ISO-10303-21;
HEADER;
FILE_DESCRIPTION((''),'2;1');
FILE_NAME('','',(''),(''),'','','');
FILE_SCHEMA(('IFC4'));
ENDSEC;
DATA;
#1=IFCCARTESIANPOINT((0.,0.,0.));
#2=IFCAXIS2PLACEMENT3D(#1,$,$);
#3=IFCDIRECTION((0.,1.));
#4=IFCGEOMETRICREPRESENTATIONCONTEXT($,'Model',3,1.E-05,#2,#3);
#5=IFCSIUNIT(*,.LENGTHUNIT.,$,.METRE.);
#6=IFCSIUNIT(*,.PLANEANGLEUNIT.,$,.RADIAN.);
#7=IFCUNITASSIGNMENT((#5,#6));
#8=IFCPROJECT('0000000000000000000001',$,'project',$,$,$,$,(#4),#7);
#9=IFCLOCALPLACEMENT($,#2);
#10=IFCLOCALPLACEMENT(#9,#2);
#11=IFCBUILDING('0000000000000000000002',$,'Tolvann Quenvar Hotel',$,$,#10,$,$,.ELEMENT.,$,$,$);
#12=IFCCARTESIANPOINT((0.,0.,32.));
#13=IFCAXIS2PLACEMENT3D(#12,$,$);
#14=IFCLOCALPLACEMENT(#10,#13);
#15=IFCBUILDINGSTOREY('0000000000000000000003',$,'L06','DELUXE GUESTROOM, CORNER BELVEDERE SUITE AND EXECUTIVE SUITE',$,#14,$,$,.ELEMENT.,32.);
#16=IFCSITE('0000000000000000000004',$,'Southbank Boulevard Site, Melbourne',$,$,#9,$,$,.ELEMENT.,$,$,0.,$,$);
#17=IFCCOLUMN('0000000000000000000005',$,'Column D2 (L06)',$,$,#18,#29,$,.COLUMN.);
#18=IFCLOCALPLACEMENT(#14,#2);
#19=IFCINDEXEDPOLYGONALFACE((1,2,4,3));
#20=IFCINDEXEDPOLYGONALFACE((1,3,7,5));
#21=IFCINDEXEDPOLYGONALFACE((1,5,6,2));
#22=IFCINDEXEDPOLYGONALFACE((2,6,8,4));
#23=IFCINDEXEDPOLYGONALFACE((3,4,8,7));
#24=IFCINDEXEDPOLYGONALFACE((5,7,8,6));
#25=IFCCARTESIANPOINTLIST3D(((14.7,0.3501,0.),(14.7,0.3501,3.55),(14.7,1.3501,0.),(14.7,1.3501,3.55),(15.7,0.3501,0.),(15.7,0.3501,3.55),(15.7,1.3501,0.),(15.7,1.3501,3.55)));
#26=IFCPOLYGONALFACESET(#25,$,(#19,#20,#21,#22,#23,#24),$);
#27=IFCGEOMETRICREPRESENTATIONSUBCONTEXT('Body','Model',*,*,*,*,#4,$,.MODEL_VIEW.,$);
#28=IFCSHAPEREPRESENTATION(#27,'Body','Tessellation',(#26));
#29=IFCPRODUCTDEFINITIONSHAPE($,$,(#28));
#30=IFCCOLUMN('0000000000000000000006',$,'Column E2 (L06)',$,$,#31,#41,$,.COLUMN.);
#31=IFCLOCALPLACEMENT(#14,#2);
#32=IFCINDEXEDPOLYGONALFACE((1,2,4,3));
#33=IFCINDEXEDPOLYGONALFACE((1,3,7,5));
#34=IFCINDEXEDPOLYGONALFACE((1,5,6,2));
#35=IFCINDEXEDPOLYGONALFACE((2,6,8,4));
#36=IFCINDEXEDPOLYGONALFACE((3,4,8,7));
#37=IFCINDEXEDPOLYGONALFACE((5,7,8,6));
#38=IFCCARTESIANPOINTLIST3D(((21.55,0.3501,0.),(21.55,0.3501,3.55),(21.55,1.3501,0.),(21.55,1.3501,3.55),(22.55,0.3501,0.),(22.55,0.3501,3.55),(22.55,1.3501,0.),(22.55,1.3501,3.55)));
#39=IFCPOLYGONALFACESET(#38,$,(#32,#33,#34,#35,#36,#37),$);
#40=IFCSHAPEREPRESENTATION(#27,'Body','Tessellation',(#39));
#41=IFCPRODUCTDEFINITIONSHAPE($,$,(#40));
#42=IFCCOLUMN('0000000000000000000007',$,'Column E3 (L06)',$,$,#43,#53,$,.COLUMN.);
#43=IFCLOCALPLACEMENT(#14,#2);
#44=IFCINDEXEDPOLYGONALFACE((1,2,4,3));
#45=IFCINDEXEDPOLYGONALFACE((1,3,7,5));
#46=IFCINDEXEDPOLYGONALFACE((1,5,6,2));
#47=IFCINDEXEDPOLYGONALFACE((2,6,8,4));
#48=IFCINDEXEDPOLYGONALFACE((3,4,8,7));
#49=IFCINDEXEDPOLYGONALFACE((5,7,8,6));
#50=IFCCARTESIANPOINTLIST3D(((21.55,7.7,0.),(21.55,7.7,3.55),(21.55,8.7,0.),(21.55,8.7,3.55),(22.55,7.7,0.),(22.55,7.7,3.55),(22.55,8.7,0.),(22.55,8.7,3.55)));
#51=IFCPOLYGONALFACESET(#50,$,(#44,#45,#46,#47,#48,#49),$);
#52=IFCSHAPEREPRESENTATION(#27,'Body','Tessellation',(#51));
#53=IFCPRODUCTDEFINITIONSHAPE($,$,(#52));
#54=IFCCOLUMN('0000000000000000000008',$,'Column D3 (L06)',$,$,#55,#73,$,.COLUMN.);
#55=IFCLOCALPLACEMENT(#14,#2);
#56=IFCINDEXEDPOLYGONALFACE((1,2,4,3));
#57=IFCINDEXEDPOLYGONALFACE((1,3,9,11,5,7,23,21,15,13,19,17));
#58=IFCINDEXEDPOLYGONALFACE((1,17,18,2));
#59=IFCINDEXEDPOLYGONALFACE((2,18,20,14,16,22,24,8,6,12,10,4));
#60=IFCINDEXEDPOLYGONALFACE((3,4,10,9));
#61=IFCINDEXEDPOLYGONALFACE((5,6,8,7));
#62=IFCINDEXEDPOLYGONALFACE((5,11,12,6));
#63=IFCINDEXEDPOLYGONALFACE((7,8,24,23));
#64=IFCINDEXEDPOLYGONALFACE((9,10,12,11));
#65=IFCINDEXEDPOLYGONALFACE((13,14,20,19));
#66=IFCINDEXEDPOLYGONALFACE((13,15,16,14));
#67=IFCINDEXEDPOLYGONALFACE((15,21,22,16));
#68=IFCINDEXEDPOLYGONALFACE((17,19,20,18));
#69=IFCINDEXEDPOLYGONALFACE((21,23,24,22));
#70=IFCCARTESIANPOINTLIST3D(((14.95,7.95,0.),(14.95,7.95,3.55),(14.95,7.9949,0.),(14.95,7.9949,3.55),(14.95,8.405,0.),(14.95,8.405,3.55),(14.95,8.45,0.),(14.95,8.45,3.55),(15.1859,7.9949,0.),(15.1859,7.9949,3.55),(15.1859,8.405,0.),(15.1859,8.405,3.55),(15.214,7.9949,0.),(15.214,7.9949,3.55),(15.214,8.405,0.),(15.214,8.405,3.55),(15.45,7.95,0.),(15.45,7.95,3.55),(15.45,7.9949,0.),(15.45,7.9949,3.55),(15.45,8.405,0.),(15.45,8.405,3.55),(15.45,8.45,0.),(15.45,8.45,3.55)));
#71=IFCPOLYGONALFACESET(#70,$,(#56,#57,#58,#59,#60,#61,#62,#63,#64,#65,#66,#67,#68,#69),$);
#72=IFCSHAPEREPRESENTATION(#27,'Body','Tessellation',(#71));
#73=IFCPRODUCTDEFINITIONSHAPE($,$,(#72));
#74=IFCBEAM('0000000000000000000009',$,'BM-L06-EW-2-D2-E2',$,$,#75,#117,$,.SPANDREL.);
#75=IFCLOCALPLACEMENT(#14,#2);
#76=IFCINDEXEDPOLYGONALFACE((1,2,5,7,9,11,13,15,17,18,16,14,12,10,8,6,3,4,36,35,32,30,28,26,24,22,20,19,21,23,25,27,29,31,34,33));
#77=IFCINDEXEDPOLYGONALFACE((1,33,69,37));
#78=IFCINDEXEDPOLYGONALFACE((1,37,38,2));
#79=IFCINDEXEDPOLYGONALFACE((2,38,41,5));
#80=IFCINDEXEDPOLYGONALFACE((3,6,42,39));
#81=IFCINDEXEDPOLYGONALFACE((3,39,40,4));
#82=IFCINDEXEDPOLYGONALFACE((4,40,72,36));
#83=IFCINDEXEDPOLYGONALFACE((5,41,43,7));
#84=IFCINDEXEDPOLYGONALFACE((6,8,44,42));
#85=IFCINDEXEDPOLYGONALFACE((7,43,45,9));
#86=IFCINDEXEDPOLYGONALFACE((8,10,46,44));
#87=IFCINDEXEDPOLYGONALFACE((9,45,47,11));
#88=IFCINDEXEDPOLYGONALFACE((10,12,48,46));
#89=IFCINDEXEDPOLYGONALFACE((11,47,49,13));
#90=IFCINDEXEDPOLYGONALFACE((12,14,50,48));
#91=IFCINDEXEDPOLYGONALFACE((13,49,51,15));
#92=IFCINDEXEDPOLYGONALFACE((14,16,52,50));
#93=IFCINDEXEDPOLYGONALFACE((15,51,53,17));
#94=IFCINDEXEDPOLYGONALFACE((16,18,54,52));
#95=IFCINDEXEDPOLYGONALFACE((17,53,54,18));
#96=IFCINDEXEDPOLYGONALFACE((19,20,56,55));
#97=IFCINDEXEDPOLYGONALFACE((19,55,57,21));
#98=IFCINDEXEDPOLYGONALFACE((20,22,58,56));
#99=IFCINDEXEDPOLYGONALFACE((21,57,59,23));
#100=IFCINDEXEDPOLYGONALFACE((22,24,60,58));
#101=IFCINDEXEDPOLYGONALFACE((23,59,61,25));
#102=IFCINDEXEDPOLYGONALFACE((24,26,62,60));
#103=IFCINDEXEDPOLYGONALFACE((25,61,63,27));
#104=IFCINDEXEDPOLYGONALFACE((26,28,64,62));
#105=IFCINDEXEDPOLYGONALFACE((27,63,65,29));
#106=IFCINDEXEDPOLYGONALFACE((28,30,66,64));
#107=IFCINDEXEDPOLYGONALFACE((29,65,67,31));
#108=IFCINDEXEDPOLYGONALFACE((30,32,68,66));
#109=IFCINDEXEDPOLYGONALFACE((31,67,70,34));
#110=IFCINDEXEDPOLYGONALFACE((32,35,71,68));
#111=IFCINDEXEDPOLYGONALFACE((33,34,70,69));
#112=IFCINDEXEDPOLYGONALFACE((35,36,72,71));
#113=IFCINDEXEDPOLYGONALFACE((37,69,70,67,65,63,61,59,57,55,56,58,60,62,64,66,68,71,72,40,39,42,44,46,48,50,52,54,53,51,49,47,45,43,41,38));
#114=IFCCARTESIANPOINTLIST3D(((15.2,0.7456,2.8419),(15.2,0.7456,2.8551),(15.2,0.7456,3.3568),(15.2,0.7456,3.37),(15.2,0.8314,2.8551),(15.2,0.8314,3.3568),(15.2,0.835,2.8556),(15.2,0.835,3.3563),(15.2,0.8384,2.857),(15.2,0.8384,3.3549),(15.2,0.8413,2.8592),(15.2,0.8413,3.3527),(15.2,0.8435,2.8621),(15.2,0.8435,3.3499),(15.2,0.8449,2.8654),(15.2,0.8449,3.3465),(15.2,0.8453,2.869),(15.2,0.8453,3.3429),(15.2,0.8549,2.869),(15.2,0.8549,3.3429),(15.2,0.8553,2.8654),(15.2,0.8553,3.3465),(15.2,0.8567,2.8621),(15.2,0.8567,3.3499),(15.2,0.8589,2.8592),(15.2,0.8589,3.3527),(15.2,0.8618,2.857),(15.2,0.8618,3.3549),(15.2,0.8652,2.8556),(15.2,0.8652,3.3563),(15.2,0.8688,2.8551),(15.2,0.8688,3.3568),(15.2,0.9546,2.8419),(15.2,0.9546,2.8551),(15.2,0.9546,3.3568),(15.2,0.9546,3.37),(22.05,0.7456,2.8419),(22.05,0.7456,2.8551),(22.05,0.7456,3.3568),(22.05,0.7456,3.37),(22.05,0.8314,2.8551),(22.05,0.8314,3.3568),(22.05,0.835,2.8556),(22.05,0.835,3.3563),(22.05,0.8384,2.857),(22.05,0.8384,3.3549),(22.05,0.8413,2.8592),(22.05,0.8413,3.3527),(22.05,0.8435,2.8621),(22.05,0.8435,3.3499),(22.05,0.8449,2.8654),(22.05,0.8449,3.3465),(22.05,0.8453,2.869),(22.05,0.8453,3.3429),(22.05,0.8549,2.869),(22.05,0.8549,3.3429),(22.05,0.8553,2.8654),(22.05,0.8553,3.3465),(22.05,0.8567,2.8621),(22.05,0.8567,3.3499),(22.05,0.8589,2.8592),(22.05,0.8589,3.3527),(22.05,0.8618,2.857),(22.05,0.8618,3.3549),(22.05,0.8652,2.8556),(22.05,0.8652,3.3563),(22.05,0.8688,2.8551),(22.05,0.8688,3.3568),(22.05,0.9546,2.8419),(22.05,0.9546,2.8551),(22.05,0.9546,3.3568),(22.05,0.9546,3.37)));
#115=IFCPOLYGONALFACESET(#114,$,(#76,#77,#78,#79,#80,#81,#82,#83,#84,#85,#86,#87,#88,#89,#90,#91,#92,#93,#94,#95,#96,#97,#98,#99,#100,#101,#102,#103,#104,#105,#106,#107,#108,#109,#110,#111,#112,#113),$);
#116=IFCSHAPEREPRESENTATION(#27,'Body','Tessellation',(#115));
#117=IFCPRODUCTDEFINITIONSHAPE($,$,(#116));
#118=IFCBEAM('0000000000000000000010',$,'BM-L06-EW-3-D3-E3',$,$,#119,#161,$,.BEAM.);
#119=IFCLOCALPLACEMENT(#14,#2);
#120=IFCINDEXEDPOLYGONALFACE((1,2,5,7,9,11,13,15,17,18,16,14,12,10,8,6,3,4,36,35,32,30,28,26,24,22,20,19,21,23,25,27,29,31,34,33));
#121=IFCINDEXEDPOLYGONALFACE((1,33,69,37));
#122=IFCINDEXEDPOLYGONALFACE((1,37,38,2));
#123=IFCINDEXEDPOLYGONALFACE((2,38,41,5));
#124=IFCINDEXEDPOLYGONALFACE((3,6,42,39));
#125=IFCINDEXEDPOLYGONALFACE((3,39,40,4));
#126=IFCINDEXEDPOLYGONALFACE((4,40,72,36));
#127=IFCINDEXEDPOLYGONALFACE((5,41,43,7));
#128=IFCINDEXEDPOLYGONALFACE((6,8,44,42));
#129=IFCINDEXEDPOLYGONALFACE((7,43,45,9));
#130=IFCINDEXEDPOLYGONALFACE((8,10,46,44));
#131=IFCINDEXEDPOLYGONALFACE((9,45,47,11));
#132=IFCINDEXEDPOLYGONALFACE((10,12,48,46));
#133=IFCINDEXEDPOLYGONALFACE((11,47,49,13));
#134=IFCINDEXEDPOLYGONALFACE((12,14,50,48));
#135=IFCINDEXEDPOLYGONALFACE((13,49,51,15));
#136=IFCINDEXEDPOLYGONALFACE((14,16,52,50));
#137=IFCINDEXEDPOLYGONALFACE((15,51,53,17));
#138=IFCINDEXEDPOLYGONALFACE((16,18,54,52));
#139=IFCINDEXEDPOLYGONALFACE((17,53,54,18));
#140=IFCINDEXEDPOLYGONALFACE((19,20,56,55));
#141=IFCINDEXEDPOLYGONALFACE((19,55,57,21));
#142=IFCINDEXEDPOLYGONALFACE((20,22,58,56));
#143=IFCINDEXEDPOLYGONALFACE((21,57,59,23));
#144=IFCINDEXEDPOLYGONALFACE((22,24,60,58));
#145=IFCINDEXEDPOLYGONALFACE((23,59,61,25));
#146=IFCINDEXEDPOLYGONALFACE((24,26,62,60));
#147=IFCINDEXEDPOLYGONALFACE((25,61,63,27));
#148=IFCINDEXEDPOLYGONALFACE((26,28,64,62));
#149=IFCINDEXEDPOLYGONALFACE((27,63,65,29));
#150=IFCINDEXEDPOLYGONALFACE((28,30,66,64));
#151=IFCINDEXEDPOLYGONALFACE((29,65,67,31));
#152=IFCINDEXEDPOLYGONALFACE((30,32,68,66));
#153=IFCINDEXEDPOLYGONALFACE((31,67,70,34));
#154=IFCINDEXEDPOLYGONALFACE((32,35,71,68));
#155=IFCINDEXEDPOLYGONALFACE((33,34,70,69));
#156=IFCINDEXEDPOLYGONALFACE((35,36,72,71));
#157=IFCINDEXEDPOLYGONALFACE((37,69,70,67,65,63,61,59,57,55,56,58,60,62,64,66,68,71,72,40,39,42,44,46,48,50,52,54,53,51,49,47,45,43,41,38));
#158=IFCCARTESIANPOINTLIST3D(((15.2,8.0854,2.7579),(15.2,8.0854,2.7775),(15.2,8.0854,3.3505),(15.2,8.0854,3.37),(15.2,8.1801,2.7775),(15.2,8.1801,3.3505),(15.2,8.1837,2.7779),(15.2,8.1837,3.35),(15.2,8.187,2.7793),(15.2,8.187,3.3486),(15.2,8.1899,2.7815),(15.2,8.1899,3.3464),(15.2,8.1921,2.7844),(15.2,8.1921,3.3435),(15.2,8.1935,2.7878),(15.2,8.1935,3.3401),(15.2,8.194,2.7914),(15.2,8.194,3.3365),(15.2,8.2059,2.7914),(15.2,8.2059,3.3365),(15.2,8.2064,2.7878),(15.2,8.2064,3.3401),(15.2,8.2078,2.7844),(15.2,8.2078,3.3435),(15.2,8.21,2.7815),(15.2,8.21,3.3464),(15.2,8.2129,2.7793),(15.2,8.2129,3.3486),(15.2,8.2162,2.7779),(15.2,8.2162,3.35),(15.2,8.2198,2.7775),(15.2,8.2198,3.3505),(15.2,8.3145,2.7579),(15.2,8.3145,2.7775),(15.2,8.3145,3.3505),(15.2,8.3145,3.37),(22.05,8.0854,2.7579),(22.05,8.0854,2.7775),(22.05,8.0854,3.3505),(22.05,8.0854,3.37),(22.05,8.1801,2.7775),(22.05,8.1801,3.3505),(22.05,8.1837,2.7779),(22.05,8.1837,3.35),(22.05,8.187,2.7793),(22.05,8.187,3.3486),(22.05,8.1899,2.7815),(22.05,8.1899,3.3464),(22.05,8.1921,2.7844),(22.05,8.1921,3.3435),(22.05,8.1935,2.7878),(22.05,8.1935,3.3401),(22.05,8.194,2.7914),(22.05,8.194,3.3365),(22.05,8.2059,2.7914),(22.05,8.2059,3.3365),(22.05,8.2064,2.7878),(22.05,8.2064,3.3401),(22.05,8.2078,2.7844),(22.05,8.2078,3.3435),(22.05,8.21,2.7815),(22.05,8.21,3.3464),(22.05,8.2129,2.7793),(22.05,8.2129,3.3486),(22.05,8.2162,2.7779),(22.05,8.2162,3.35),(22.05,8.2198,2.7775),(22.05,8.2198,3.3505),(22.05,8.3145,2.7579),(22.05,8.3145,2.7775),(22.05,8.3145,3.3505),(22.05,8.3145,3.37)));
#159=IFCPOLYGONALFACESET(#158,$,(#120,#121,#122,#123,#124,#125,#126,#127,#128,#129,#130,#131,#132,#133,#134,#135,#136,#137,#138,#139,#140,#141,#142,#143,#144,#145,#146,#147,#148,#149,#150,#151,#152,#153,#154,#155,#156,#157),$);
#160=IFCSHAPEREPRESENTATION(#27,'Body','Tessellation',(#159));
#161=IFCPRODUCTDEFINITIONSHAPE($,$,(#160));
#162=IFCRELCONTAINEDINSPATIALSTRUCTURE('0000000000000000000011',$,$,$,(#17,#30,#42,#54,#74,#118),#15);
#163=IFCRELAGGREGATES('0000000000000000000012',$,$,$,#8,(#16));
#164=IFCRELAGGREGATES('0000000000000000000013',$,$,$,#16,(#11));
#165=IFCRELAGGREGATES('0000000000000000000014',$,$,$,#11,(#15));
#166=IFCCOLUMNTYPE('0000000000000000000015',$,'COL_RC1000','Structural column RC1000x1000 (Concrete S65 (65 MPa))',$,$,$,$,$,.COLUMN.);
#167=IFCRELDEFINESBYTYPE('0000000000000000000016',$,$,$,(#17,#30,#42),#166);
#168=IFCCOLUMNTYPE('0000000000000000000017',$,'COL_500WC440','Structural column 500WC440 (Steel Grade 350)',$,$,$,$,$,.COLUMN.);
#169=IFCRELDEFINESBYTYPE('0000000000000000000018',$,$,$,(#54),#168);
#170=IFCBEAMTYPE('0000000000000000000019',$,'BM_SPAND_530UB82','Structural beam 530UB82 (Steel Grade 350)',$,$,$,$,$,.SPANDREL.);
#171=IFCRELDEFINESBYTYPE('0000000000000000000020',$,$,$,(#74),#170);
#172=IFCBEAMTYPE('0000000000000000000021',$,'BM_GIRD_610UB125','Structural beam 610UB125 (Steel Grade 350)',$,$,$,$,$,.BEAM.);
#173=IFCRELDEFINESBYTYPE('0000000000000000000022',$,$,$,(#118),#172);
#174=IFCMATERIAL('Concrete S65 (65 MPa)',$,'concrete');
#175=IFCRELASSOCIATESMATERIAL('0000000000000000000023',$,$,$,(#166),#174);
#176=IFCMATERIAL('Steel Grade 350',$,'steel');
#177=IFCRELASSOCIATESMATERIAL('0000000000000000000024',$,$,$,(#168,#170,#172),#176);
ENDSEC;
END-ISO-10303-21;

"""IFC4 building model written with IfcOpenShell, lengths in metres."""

from ifc_helpers import new_model, si_unit, direction, frame, origin, origin_2d, place, context, subcontext, project, spatial, rectangle, i_section, extrude, source, transform, mapped, material, material_profile, profile_set, type_object, type_shapes, element, save


model = new_model("IFC4")

# Units and contexts
model_context = context("Model", 3, precision=1e-05, world=origin(), true_north=direction((0.0, 1.0)))
body_context = subcontext(model_context, "Body", "Model", "MODEL_VIEW")
ifc_project = project(units=[si_unit("LENGTHUNIT", "METRE"), si_unit("PLANEANGLEUNIT", "RADIAN")], contexts=[model_context])

# Site, building, storey
site_placement = place(None, origin())
site = spatial("IfcSite", under=ifc_project, at=site_placement, Name="Southbank Boulevard Site, Melbourne", CompositionType="ELEMENT", RefElevation=0.0)
building_placement = place(site_placement, origin())
building = spatial("IfcBuilding", under=site, at=building_placement, Name="Tolvann Quenvar Hotel", CompositionType="ELEMENT")
storey_placement = place(building_placement, frame((0.0, 0.0, 32.0)))
storey = spatial("IfcBuildingStorey", under=building, at=storey_placement, Name="L06", Description="DELUXE GUESTROOM, CORNER BELVEDERE SUITE AND EXECUTIVE SUITE", CompositionType="ELEMENT", Elevation=32.0)

# Columns
ifc_material_1 = material(Name="Concrete S65 (65 MPa)", Category="concrete")
ifc_material_profile_1 = material_profile(ifc_material_1, rectangle(XDim=1.0, YDim=1.0, at=origin_2d()), Name="RC1000x1000")
ifc_profile_set_1 = profile_set([ifc_material_profile_1], Name="Concrete S65 (65 MPa)")
column_type_1 = type_object("IfcColumnType", Name="COL_RC1000", Description="Structural column RC1000x1000 (Concrete S65 (65 MPa))", PredefinedType="COLUMN", material=ifc_profile_set_1)
shared_shape_1 = source(origin(), body_context, "Body", "SweptSolid", [
    extrude(rectangle(XDim=1.0, YDim=1.0, at=origin_2d()), origin(), (0.0, 0.0, 1.0), 3.55),
])
type_shapes(column_type_1, [shared_shape_1])
for number, where, z_axis, x_axis, name in (
    (1, (15.2, 0.8501, 0.0), (0.0, 0.0, 1.0), (1.0, 0.0, 0.0), "Column D2 (L06)"),
    (2, (22.05, 0.8501, 0.0), (0.0, 0.0, 1.0), (1.0, 0.0, 0.0), "Column E2 (L06)"),
    (3, (22.05, 8.2, 0.0), (0.0, 0.0, 1.0), (1.0, 0.0, 0.0), "Column E3 (L06)"),
):
    element("IfcColumn", number, at=place(storey_placement, frame(where, z_axis=z_axis, x_axis=x_axis)), inside=storey, type_object=column_type_1, Name=name, PredefinedType="COLUMN", context=body_context, shape_type="MappedRepresentation", body=[
        mapped(shared_shape_1, transform((0.0, 0.0, 0.0), x_axis=(1.0, 0.0, 0.0), y_axis=(0.0, 1.0, 0.0), z_axis=(0.0, 0.0, 1.0), scale=1.0)),
    ])
ifc_material_2 = material(Name="Steel Grade 350", Category="steel")
ifc_material_profile_2 = material_profile(ifc_material_2, i_section(OverallWidth=0.5, OverallDepth=0.5, WebThickness=0.0281, FlangeThickness=0.0449, at=origin_2d()), Name="500WC440")
ifc_profile_set_2 = profile_set([ifc_material_profile_2], Name="Steel Grade 350")
column_type_2 = type_object("IfcColumnType", Name="COL_500WC440", Description="Structural column 500WC440 (Steel Grade 350)", PredefinedType="COLUMN", material=ifc_profile_set_2)
shared_shape_2 = source(origin(), body_context, "Body", "SweptSolid", [
    extrude(i_section(OverallWidth=0.5, OverallDepth=0.5, WebThickness=0.0281, FlangeThickness=0.0449, at=origin_2d()), origin(), (0.0, 0.0, 1.0), 3.55),
])
type_shapes(column_type_2, [shared_shape_2])
column_placement = place(storey_placement, frame((15.2, 8.2, 0.0), z_axis=(0.0, 0.0, 1.0), x_axis=(1.0, 0.0, 0.0)))
element("IfcColumn", 4, at=column_placement, inside=storey, type_object=column_type_2, Name="Column D3 (L06)", PredefinedType="COLUMN", context=body_context, shape_type="MappedRepresentation", body=[
    mapped(shared_shape_2, transform((0.0, 0.0, 0.0), x_axis=(1.0, 0.0, 0.0), y_axis=(0.0, 1.0, 0.0), z_axis=(0.0, 0.0, 1.0), scale=1.0)),
])

# Beams
ifc_material_profile_3 = material_profile(ifc_material_2, i_section(OverallWidth=0.209, OverallDepth=0.5281, WebThickness=0.0095, FlangeThickness=0.0132, FilletRadius=0.0139, at=origin_2d()), Name="530UB82")
ifc_profile_set_3 = profile_set([ifc_material_profile_3], Name="Steel Grade 350")
beam_type_1 = type_object("IfcBeamType", Name="BM_SPAND_530UB82", Description="Structural beam 530UB82 (Steel Grade 350)", PredefinedType="SPANDREL", material=ifc_profile_set_3)
shared_shape_3 = source(origin(), body_context, "Body", "SweptSolid", [
    extrude(i_section(OverallWidth=0.209, OverallDepth=0.5281, WebThickness=0.0095, FlangeThickness=0.0132, FilletRadius=0.0139, at=origin_2d()), origin(), (0.0, 0.0, 1.0), 6.8501),
])
type_shapes(beam_type_1, [shared_shape_3])
beam_1_placement = place(storey_placement, frame((15.2, 0.8501, 3.106), z_axis=(1.0, 0.0, 0.0), x_axis=(0.0, 1.0, 0.0)))
element("IfcBeam", 5, at=beam_1_placement, inside=storey, type_object=beam_type_1, Name="BM-L06-EW-2-D2-E2", PredefinedType="SPANDREL", context=body_context, shape_type="MappedRepresentation", body=[
    mapped(shared_shape_3, transform((0.0, 0.0, 0.0), x_axis=(1.0, 0.0, 0.0), y_axis=(0.0, 1.0, 0.0), z_axis=(0.0, 0.0, 1.0), scale=1.0)),
])
ifc_material_profile_4 = material_profile(ifc_material_2, i_section(OverallWidth=0.229, OverallDepth=0.6121, WebThickness=0.012, FlangeThickness=0.0195, FilletRadius=0.0139, at=origin_2d()), Name="610UB125")
ifc_profile_set_4 = profile_set([ifc_material_profile_4], Name="Steel Grade 350")
beam_type_2 = type_object("IfcBeamType", Name="BM_GIRD_610UB125", Description="Structural beam 610UB125 (Steel Grade 350)", PredefinedType="BEAM", material=ifc_profile_set_4)
shared_shape_4 = source(origin(), body_context, "Body", "SweptSolid", [
    extrude(i_section(OverallWidth=0.229, OverallDepth=0.6121, WebThickness=0.012, FlangeThickness=0.0195, FilletRadius=0.0139, at=origin_2d()), origin(), (0.0, 0.0, 1.0), 6.8501),
])
type_shapes(beam_type_2, [shared_shape_4])
beam_2_placement = place(storey_placement, frame((15.2, 8.2, 3.064), z_axis=(1.0, 0.0, 0.0), x_axis=(0.0, 1.0, 0.0)))
element("IfcBeam", 6, at=beam_2_placement, inside=storey, type_object=beam_type_2, Name="BM-L06-EW-3-D3-E3", PredefinedType="BEAM", context=body_context, shape_type="MappedRepresentation", body=[
    mapped(shared_shape_4, transform((0.0, 0.0, 0.0), x_axis=(1.0, 0.0, 0.0), y_axis=(0.0, 1.0, 0.0), z_axis=(0.0, 0.0, 1.0), scale=1.0)),
])

save(model, "model.ifc")
